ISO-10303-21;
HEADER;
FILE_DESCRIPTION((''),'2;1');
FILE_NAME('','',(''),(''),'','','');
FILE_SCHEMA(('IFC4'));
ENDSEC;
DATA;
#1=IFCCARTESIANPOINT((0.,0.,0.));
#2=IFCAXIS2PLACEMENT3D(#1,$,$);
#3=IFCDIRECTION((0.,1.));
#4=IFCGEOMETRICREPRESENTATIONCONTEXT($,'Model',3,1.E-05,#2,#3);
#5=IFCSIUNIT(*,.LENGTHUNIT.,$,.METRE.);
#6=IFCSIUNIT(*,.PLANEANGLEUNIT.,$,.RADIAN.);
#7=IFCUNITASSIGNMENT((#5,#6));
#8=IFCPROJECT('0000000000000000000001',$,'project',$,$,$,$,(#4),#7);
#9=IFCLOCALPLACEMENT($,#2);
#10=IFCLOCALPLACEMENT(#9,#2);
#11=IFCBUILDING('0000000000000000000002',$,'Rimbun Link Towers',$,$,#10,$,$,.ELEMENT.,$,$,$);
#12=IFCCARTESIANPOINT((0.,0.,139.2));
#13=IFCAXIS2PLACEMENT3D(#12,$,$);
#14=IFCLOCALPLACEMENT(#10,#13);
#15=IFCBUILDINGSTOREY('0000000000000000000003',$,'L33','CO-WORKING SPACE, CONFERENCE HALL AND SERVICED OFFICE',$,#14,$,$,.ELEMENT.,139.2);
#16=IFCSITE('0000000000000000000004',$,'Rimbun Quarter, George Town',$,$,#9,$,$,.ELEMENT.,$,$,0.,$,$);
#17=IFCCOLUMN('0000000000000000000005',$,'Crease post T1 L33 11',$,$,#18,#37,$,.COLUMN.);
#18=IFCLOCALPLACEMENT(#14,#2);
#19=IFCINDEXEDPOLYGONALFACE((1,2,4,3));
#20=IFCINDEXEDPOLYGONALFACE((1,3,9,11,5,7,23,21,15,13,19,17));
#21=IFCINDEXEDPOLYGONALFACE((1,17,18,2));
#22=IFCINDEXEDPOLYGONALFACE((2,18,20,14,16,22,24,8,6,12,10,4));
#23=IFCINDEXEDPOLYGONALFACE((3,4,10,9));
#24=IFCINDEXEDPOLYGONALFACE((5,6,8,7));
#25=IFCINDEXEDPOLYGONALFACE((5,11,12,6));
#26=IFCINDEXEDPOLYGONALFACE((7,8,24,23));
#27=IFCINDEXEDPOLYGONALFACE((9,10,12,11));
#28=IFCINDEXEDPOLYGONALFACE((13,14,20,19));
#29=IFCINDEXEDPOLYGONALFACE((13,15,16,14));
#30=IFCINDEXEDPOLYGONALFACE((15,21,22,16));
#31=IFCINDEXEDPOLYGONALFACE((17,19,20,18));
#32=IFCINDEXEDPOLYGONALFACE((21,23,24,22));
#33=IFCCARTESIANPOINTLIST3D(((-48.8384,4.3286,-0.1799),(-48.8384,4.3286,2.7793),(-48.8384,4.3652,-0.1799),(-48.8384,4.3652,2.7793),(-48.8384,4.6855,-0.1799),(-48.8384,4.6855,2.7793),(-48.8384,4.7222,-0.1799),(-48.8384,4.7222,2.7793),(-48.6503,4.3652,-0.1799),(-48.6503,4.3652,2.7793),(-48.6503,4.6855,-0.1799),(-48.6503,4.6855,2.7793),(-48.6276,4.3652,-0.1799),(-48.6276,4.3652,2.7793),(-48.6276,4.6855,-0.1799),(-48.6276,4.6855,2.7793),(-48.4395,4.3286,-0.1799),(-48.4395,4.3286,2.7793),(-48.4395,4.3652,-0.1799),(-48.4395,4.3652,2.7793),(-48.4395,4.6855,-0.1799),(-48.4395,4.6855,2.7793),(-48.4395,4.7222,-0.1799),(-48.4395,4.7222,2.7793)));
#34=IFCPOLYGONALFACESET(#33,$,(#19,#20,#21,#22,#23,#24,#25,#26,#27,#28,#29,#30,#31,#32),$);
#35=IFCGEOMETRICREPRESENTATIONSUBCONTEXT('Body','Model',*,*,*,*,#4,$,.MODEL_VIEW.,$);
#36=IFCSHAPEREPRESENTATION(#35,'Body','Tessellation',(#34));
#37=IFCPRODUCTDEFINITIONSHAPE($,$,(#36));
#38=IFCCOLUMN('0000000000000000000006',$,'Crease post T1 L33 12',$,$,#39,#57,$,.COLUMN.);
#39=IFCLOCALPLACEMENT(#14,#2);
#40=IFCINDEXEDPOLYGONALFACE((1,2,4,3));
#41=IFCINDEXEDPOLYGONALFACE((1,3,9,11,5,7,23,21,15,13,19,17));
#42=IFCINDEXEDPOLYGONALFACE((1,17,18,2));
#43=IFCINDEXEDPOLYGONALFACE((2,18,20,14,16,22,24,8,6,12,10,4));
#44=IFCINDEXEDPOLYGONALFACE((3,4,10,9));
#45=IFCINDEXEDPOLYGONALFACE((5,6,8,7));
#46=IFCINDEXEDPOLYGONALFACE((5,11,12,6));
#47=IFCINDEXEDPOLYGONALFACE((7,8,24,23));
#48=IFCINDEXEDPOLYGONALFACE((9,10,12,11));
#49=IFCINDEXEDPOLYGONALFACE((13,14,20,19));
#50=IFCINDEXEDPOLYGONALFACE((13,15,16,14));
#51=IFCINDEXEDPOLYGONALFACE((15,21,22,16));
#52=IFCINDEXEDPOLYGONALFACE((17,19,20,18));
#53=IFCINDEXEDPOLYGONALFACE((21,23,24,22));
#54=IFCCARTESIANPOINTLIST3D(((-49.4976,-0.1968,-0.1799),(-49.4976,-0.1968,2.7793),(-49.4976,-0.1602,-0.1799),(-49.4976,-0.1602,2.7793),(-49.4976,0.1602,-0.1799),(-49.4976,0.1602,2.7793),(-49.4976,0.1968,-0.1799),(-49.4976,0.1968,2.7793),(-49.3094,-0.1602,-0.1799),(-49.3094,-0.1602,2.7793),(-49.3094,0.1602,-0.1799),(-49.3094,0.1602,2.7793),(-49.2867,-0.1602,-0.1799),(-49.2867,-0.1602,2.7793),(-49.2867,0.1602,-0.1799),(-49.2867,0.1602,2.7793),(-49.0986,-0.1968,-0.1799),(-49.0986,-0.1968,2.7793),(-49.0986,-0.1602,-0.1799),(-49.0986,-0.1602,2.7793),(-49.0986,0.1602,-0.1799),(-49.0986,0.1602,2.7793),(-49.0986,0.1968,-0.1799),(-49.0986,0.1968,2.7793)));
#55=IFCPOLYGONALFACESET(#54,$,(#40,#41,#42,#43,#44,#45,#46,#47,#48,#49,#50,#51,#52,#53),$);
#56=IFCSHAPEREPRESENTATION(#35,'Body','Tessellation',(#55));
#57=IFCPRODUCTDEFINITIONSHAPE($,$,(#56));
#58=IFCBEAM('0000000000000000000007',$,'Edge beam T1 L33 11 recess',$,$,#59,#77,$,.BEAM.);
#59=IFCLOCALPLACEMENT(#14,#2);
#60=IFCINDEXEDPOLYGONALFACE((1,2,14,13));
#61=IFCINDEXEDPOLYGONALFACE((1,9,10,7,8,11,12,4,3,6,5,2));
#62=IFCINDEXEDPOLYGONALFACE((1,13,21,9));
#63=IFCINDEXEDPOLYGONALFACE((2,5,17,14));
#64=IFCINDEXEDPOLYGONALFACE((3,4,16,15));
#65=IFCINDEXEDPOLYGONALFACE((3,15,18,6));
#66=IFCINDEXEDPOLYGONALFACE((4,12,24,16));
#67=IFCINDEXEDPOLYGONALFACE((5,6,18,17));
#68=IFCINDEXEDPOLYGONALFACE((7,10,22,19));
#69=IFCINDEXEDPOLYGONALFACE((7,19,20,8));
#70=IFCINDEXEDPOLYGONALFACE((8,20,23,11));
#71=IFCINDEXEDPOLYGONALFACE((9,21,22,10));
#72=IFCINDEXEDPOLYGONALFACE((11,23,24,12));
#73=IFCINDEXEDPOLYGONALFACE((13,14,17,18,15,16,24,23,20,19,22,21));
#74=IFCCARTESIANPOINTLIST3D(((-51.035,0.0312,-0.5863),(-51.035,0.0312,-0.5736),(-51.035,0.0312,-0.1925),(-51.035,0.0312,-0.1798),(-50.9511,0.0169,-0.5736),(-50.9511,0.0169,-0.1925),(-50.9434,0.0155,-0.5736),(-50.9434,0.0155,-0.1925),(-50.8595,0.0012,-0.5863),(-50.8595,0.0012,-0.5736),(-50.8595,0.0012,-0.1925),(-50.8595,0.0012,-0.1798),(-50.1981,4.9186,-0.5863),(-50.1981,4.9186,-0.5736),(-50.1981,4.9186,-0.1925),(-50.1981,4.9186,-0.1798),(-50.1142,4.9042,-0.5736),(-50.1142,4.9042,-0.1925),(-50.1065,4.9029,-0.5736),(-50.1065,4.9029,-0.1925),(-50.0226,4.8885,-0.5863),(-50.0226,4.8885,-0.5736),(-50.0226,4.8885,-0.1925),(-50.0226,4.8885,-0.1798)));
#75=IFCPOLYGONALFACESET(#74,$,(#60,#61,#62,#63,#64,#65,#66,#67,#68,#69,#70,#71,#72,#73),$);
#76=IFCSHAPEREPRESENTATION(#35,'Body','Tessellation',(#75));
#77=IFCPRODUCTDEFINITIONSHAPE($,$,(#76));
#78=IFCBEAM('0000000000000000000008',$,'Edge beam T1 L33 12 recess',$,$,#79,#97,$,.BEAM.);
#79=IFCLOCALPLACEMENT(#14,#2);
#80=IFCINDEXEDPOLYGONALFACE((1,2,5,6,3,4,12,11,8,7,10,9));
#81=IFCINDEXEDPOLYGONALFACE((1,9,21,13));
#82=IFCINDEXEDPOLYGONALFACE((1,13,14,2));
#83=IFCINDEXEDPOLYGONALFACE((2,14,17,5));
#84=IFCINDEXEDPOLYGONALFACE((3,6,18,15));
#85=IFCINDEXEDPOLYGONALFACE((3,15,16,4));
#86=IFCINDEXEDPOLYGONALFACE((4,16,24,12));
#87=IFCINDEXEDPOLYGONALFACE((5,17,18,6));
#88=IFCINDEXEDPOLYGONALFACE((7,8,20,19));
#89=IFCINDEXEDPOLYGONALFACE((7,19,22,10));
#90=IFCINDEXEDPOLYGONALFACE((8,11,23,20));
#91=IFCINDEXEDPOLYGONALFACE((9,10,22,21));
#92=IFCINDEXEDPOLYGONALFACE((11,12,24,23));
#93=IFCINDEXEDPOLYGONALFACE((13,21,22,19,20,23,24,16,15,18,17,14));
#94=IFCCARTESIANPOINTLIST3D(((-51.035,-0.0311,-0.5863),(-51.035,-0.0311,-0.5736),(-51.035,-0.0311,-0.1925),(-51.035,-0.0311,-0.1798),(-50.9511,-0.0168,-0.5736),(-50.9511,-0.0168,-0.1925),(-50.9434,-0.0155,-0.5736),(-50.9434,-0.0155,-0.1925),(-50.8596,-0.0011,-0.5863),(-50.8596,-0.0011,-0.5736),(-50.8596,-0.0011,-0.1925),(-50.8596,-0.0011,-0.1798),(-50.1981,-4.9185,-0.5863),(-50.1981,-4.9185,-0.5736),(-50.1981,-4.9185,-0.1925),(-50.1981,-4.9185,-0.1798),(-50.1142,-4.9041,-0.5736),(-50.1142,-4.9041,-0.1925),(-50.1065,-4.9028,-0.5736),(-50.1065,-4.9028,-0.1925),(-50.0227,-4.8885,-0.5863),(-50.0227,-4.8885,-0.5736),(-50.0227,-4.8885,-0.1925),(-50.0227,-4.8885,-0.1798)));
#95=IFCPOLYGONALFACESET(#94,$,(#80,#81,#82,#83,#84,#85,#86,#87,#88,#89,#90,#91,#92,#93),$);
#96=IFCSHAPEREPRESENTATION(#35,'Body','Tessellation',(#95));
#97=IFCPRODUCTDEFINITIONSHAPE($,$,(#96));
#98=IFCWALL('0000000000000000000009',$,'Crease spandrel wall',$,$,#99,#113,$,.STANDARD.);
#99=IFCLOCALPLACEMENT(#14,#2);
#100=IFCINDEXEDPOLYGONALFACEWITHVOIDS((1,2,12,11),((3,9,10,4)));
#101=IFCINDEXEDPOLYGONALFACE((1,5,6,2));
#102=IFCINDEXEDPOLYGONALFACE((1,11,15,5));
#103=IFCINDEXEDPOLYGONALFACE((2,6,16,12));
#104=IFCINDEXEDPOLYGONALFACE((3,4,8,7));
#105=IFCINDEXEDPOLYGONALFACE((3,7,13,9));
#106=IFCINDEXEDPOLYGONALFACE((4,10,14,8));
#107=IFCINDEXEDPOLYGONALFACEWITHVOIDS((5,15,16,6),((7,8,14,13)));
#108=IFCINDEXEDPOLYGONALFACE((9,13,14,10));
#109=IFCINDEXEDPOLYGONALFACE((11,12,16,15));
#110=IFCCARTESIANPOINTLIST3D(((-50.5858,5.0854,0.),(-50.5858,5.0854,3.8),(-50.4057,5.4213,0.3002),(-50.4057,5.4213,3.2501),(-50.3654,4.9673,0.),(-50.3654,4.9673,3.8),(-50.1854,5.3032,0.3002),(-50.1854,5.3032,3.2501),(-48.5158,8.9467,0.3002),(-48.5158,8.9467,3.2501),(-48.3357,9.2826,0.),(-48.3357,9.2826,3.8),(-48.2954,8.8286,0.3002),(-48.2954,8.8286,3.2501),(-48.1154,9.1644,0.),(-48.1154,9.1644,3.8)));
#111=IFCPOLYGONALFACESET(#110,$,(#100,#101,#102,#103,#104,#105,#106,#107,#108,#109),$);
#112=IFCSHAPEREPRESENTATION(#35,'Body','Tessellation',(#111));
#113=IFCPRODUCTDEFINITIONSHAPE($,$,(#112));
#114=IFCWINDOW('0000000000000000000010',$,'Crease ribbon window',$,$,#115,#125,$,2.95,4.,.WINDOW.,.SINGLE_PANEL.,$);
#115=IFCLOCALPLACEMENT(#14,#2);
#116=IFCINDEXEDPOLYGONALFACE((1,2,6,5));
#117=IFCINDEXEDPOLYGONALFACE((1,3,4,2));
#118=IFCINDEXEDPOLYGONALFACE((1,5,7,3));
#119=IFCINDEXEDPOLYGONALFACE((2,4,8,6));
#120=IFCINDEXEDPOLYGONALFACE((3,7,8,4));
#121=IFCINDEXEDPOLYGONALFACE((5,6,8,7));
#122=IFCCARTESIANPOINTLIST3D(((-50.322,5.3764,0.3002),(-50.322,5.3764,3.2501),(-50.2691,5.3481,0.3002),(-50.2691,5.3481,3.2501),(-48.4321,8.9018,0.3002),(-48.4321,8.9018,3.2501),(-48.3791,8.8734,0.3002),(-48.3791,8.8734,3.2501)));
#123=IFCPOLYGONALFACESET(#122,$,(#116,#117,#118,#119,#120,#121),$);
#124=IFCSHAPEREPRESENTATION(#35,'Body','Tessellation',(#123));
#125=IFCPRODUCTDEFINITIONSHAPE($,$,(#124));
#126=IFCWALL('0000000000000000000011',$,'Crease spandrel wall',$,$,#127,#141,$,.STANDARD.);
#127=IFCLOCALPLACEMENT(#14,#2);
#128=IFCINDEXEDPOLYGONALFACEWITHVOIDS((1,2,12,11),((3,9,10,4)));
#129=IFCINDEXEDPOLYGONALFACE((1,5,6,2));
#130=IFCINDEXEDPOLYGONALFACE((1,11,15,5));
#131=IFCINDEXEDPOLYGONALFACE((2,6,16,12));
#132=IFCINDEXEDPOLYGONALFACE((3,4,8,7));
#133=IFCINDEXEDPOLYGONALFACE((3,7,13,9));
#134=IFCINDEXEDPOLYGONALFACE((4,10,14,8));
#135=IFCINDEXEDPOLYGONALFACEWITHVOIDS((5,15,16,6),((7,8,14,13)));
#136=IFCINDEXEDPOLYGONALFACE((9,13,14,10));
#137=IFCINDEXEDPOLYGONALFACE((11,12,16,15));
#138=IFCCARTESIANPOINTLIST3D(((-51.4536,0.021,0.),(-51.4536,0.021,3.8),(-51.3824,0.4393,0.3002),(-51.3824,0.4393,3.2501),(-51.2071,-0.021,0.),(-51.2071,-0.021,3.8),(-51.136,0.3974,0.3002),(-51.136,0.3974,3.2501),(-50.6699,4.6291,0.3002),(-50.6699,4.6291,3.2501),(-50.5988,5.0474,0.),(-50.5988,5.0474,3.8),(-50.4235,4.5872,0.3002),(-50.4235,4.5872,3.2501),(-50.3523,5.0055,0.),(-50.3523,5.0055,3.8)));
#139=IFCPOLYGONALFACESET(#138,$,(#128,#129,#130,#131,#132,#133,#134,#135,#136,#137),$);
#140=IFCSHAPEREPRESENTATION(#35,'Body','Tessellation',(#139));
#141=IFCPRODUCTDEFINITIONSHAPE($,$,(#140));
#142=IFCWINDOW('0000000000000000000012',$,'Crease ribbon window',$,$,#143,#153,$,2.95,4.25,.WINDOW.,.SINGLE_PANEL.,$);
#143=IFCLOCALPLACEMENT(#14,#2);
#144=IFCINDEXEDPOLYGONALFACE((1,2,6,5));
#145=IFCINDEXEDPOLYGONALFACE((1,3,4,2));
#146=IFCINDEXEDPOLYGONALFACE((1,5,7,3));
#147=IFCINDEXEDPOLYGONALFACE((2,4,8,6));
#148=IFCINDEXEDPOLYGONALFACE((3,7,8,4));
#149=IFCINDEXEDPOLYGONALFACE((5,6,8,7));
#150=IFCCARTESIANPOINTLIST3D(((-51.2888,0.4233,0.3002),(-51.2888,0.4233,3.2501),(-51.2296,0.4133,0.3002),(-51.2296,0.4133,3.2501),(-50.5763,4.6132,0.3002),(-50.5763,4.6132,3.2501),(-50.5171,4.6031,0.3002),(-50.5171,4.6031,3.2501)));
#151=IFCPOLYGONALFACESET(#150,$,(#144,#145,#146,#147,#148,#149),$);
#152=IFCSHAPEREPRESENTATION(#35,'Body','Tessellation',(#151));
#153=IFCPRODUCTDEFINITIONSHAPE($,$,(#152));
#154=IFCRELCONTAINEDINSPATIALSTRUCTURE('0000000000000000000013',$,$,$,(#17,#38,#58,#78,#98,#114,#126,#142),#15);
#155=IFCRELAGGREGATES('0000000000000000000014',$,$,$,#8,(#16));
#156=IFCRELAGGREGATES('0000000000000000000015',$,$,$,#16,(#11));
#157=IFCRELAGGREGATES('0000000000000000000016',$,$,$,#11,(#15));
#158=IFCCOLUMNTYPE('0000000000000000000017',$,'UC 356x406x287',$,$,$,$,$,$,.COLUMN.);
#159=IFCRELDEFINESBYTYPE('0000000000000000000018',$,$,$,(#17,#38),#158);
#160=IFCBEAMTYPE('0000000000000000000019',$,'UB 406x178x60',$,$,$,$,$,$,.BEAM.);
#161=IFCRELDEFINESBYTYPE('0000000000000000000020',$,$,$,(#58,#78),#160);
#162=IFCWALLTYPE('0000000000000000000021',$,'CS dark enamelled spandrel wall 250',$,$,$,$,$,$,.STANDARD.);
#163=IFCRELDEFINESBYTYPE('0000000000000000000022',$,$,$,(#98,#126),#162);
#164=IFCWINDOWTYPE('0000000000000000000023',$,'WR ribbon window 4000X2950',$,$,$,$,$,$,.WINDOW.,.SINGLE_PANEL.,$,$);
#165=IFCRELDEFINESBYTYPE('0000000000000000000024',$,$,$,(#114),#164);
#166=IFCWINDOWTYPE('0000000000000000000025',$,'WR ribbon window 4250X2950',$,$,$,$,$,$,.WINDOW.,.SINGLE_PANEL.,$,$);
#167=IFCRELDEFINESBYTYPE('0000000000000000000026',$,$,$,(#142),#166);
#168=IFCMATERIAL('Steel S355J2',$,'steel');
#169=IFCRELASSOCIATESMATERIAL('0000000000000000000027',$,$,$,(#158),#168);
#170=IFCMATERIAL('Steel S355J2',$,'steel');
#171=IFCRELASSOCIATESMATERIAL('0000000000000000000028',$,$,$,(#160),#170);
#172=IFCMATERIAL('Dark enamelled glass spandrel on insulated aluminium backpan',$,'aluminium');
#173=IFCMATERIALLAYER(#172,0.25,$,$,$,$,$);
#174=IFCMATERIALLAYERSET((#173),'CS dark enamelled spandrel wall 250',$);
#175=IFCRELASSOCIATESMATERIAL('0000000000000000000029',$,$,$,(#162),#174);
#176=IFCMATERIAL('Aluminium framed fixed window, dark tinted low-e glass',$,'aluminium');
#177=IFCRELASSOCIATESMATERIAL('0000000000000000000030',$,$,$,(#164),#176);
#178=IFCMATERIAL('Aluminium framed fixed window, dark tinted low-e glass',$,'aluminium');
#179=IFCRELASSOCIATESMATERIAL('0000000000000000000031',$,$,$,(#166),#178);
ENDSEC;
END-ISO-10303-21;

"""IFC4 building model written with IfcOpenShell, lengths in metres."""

from ifc_helpers import new_model, si_unit, direction, frame, frame_2d, origin, origin_2d, place, context, subcontext, project, spatial, rectangle, i_section, extrude, material, layer, layer_set, material_profile, profile_set, type_object, element, fill, save


model = new_model("IFC4")

# Units and contexts
model_context = context("Model", 3, precision=1e-05, world=origin(), true_north=direction((0.0, 1.0)))
body_context = subcontext(model_context, "Body", "Model", "MODEL_VIEW")
ifc_project = project(units=[si_unit("LENGTHUNIT", "METRE"), si_unit("PLANEANGLEUNIT", "RADIAN")], contexts=[model_context])

# Site, building, storey
site_placement = place(None, origin())
site = spatial("IfcSite", under=ifc_project, at=site_placement, Name="Rimbun Quarter, George Town", CompositionType="ELEMENT", RefElevation=0.0)
building_placement = place(site_placement, origin())
building = spatial("IfcBuilding", under=site, at=building_placement, Name="Rimbun Link Towers", CompositionType="ELEMENT")
storey_placement = place(building_placement, frame((0.0, 0.0, 139.2)))
storey = spatial("IfcBuildingStorey", under=building, at=storey_placement, Name="L33", Description="CO-WORKING SPACE, CONFERENCE HALL AND SERVICED OFFICE", CompositionType="ELEMENT", Elevation=139.2)

# Columns
ifc_material_1 = material(Name="Steel S355J2", Category="steel")
ifc_material_profile_1 = material_profile(ifc_material_1, i_section(OverallWidth=0.3989, OverallDepth=0.3936, WebThickness=0.0227, FlangeThickness=0.0366, at=origin_2d()), Name="UC 356x406x287")
ifc_profile_set_1 = profile_set([ifc_material_profile_1], Name="Steel S355J2")
column_type = type_object("IfcColumnType", Name="UC 356x406x287", PredefinedType="COLUMN", material=ifc_profile_set_1)
for number, where, z_axis, x_axis, name in (
    (1, (-48.6389, 4.5254, -0.1799), (0.0, 0.0, 1.0), (1.0, 0.0, 0.0), "Crease post T1 L33 11"),
    (2, (-49.2981, 0.0, -0.1799), (0.0, 0.0, 1.0), (1.0, 0.0, 0.0), "Crease post T1 L33 12"),
):
    element("IfcColumn", number, at=place(storey_placement, frame(where, z_axis=z_axis, x_axis=x_axis)), inside=storey, type_object=column_type, Name=name, PredefinedType="COLUMN", context=body_context, shape_type="SweptSolid", body=[
        extrude(i_section(OverallWidth=0.3989, OverallDepth=0.3936, WebThickness=0.0227, FlangeThickness=0.0366, at=origin_2d()), origin(), (0.0, 0.0, 1.0), 2.9592),
    ])

# Beams
ifc_material_2 = material(Name="Steel S355J2", Category="steel")
ifc_material_profile_2 = material_profile(ifc_material_2, i_section(OverallWidth=0.178, OverallDepth=0.4065, WebThickness=0.0078, FlangeThickness=0.0127, at=origin_2d()), Name="UB 406x178x60")
ifc_profile_set_2 = profile_set([ifc_material_profile_2], Name="Steel S355J2")
beam_type = type_object("IfcBeamType", Name="UB 406x178x60", PredefinedType="BEAM", material=ifc_profile_set_2)
for number, where, z_axis, x_axis, name in (
    (3, (-50.1104, 4.9036, -0.3831), (-0.168781, -0.985654, 0.0), (0.985654, -0.168781, 0.0), "Edge beam T1 L33 11 recess"),
    (4, (-50.9473, -0.0161, -0.3831), (0.168781, -0.985654, 0.0), (0.985654, 0.168781, 0.0), "Edge beam T1 L33 12 recess"),
):
    element("IfcBeam", number, at=place(storey_placement, frame(where, z_axis=z_axis, x_axis=x_axis)), inside=storey, type_object=beam_type, Name=name, PredefinedType="BEAM", context=body_context, shape_type="SweptSolid", body=[
        extrude(i_section(OverallWidth=0.178, OverallDepth=0.4065, WebThickness=0.0078, FlangeThickness=0.0127, at=origin_2d()), origin(), (0.0, 0.0, 1.0), 4.9585),
    ])

# Walls, openings, windows
ifc_material_3 = material(Name="Dark enamelled glass spandrel on insulated aluminium backpan", Category="aluminium")
ifc_layer_1 = layer(ifc_material_3, 0.25)
ifc_layer_set_1 = layer_set([ifc_layer_1], Name="CS dark enamelled spandrel wall 250")
wall_type_1 = type_object("IfcWallType", Name="CS dark enamelled spandrel wall 250", PredefinedType="STANDARD", material=ifc_layer_set_1)
wall_1_placement = place(storey_placement, frame((-50.4756, 5.0264, 0.0), z_axis=(0.0, 0.0, 1.0), x_axis=(0.472482, 0.88134, 0.0)))
wall_1 = element("IfcWall", 5, at=wall_1_placement, inside=storey, type_object=wall_type_1, Name="Crease spandrel wall", PredefinedType="STANDARD", context=body_context, shape_type="SweptSolid", body=[
    extrude(rectangle(XDim=4.7622, YDim=0.25, at=frame_2d((2.3811, 0.0))), origin(), (0.0, 0.0, 1.0), 3.8),
])
opening_1_placement = place(wall_1_placement, frame((0.3811, 0.0, 0.3)))
opening_1 = element("IfcOpeningElement", 6, at=opening_1_placement, cuts=wall_1, PredefinedType="OPENING", context=body_context, shape_type="SweptSolid", body=[
    extrude(rectangle(XDim=4.0, YDim=2.95, at=frame_2d((2.0, 1.4751))), frame((0.0, 0.135, 0.0), z_axis=(0.0, -1.0, 0.0), x_axis=(1.0, 0.0, 0.0)), (0.0, 0.0, 1.0), 0.27),
])
ifc_material_4 = material(Name="Aluminium framed fixed window, dark tinted low-e glass", Category="aluminium")
window_type_1 = type_object("IfcWindowType", Name="WR ribbon window 4000X2950", PartitioningType="SINGLE_PANEL", PredefinedType="WINDOW", material=ifc_material_4)
window_1_placement = place(opening_1_placement, origin())
window_1 = element("IfcWindow", 7, at=window_1_placement, inside=storey, type_object=window_type_1, Name="Crease ribbon window", OverallHeight=2.95, OverallWidth=4.0, PartitioningType="SINGLE_PANEL", PredefinedType="WINDOW", context=body_context, shape_type="SweptSolid", body=[
    extrude(rectangle(XDim=4.0, YDim=2.95, at=frame_2d((2.0, 1.4751))), frame((0.0, 0.03, 0.0), z_axis=(0.0, -1.0, 0.0), x_axis=(1.0, 0.0, 0.0)), (0.0, 0.0, 1.0), 0.0601),
])
fill(opening_1, window_1)
wall_2_placement = place(storey_placement, frame((-51.3303, 0.0, 0.0), z_axis=(0.0, 0.0, 1.0), x_axis=(0.167644, 0.985848, 0.0)))
wall_2 = element("IfcWall", 8, at=wall_2_placement, inside=storey, type_object=wall_type_1, Name="Crease spandrel wall", PredefinedType="STANDARD", context=body_context, shape_type="SweptSolid", body=[
    extrude(rectangle(XDim=5.0986, YDim=0.25, at=frame_2d((2.5493, 0.0))), origin(), (0.0, 0.0, 1.0), 3.8),
])
opening_2_placement = place(wall_2_placement, frame((0.4243, 0.0, 0.3)))
opening_2 = element("IfcOpeningElement", 9, at=opening_2_placement, cuts=wall_2, PredefinedType="OPENING", context=body_context, shape_type="SweptSolid", body=[
    extrude(rectangle(XDim=4.25, YDim=2.95, at=frame_2d((2.125, 1.4751))), frame((0.0, 0.135, 0.0), z_axis=(0.0, -1.0, 0.0), x_axis=(1.0, 0.0, 0.0)), (0.0, 0.0, 1.0), 0.27),
])
ifc_material_5 = material(Name="Aluminium framed fixed window, dark tinted low-e glass", Category="aluminium")
window_type_2 = type_object("IfcWindowType", Name="WR ribbon window 4250X2950", PartitioningType="SINGLE_PANEL", PredefinedType="WINDOW", material=ifc_material_5)
window_2_placement = place(opening_2_placement, origin())
window_2 = element("IfcWindow", 10, at=window_2_placement, inside=storey, type_object=window_type_2, Name="Crease ribbon window", OverallHeight=2.95, OverallWidth=4.25, PartitioningType="SINGLE_PANEL", PredefinedType="WINDOW", context=body_context, shape_type="SweptSolid", body=[
    extrude(rectangle(XDim=4.25, YDim=2.95, at=frame_2d((2.125, 1.4751))), frame((0.0, 0.03, 0.0), z_axis=(0.0, -1.0, 0.0), x_axis=(1.0, 0.0, 0.0)), (0.0, 0.0, 1.0), 0.0601),
])
fill(opening_2, window_2)

save(model, "model.ifc")
